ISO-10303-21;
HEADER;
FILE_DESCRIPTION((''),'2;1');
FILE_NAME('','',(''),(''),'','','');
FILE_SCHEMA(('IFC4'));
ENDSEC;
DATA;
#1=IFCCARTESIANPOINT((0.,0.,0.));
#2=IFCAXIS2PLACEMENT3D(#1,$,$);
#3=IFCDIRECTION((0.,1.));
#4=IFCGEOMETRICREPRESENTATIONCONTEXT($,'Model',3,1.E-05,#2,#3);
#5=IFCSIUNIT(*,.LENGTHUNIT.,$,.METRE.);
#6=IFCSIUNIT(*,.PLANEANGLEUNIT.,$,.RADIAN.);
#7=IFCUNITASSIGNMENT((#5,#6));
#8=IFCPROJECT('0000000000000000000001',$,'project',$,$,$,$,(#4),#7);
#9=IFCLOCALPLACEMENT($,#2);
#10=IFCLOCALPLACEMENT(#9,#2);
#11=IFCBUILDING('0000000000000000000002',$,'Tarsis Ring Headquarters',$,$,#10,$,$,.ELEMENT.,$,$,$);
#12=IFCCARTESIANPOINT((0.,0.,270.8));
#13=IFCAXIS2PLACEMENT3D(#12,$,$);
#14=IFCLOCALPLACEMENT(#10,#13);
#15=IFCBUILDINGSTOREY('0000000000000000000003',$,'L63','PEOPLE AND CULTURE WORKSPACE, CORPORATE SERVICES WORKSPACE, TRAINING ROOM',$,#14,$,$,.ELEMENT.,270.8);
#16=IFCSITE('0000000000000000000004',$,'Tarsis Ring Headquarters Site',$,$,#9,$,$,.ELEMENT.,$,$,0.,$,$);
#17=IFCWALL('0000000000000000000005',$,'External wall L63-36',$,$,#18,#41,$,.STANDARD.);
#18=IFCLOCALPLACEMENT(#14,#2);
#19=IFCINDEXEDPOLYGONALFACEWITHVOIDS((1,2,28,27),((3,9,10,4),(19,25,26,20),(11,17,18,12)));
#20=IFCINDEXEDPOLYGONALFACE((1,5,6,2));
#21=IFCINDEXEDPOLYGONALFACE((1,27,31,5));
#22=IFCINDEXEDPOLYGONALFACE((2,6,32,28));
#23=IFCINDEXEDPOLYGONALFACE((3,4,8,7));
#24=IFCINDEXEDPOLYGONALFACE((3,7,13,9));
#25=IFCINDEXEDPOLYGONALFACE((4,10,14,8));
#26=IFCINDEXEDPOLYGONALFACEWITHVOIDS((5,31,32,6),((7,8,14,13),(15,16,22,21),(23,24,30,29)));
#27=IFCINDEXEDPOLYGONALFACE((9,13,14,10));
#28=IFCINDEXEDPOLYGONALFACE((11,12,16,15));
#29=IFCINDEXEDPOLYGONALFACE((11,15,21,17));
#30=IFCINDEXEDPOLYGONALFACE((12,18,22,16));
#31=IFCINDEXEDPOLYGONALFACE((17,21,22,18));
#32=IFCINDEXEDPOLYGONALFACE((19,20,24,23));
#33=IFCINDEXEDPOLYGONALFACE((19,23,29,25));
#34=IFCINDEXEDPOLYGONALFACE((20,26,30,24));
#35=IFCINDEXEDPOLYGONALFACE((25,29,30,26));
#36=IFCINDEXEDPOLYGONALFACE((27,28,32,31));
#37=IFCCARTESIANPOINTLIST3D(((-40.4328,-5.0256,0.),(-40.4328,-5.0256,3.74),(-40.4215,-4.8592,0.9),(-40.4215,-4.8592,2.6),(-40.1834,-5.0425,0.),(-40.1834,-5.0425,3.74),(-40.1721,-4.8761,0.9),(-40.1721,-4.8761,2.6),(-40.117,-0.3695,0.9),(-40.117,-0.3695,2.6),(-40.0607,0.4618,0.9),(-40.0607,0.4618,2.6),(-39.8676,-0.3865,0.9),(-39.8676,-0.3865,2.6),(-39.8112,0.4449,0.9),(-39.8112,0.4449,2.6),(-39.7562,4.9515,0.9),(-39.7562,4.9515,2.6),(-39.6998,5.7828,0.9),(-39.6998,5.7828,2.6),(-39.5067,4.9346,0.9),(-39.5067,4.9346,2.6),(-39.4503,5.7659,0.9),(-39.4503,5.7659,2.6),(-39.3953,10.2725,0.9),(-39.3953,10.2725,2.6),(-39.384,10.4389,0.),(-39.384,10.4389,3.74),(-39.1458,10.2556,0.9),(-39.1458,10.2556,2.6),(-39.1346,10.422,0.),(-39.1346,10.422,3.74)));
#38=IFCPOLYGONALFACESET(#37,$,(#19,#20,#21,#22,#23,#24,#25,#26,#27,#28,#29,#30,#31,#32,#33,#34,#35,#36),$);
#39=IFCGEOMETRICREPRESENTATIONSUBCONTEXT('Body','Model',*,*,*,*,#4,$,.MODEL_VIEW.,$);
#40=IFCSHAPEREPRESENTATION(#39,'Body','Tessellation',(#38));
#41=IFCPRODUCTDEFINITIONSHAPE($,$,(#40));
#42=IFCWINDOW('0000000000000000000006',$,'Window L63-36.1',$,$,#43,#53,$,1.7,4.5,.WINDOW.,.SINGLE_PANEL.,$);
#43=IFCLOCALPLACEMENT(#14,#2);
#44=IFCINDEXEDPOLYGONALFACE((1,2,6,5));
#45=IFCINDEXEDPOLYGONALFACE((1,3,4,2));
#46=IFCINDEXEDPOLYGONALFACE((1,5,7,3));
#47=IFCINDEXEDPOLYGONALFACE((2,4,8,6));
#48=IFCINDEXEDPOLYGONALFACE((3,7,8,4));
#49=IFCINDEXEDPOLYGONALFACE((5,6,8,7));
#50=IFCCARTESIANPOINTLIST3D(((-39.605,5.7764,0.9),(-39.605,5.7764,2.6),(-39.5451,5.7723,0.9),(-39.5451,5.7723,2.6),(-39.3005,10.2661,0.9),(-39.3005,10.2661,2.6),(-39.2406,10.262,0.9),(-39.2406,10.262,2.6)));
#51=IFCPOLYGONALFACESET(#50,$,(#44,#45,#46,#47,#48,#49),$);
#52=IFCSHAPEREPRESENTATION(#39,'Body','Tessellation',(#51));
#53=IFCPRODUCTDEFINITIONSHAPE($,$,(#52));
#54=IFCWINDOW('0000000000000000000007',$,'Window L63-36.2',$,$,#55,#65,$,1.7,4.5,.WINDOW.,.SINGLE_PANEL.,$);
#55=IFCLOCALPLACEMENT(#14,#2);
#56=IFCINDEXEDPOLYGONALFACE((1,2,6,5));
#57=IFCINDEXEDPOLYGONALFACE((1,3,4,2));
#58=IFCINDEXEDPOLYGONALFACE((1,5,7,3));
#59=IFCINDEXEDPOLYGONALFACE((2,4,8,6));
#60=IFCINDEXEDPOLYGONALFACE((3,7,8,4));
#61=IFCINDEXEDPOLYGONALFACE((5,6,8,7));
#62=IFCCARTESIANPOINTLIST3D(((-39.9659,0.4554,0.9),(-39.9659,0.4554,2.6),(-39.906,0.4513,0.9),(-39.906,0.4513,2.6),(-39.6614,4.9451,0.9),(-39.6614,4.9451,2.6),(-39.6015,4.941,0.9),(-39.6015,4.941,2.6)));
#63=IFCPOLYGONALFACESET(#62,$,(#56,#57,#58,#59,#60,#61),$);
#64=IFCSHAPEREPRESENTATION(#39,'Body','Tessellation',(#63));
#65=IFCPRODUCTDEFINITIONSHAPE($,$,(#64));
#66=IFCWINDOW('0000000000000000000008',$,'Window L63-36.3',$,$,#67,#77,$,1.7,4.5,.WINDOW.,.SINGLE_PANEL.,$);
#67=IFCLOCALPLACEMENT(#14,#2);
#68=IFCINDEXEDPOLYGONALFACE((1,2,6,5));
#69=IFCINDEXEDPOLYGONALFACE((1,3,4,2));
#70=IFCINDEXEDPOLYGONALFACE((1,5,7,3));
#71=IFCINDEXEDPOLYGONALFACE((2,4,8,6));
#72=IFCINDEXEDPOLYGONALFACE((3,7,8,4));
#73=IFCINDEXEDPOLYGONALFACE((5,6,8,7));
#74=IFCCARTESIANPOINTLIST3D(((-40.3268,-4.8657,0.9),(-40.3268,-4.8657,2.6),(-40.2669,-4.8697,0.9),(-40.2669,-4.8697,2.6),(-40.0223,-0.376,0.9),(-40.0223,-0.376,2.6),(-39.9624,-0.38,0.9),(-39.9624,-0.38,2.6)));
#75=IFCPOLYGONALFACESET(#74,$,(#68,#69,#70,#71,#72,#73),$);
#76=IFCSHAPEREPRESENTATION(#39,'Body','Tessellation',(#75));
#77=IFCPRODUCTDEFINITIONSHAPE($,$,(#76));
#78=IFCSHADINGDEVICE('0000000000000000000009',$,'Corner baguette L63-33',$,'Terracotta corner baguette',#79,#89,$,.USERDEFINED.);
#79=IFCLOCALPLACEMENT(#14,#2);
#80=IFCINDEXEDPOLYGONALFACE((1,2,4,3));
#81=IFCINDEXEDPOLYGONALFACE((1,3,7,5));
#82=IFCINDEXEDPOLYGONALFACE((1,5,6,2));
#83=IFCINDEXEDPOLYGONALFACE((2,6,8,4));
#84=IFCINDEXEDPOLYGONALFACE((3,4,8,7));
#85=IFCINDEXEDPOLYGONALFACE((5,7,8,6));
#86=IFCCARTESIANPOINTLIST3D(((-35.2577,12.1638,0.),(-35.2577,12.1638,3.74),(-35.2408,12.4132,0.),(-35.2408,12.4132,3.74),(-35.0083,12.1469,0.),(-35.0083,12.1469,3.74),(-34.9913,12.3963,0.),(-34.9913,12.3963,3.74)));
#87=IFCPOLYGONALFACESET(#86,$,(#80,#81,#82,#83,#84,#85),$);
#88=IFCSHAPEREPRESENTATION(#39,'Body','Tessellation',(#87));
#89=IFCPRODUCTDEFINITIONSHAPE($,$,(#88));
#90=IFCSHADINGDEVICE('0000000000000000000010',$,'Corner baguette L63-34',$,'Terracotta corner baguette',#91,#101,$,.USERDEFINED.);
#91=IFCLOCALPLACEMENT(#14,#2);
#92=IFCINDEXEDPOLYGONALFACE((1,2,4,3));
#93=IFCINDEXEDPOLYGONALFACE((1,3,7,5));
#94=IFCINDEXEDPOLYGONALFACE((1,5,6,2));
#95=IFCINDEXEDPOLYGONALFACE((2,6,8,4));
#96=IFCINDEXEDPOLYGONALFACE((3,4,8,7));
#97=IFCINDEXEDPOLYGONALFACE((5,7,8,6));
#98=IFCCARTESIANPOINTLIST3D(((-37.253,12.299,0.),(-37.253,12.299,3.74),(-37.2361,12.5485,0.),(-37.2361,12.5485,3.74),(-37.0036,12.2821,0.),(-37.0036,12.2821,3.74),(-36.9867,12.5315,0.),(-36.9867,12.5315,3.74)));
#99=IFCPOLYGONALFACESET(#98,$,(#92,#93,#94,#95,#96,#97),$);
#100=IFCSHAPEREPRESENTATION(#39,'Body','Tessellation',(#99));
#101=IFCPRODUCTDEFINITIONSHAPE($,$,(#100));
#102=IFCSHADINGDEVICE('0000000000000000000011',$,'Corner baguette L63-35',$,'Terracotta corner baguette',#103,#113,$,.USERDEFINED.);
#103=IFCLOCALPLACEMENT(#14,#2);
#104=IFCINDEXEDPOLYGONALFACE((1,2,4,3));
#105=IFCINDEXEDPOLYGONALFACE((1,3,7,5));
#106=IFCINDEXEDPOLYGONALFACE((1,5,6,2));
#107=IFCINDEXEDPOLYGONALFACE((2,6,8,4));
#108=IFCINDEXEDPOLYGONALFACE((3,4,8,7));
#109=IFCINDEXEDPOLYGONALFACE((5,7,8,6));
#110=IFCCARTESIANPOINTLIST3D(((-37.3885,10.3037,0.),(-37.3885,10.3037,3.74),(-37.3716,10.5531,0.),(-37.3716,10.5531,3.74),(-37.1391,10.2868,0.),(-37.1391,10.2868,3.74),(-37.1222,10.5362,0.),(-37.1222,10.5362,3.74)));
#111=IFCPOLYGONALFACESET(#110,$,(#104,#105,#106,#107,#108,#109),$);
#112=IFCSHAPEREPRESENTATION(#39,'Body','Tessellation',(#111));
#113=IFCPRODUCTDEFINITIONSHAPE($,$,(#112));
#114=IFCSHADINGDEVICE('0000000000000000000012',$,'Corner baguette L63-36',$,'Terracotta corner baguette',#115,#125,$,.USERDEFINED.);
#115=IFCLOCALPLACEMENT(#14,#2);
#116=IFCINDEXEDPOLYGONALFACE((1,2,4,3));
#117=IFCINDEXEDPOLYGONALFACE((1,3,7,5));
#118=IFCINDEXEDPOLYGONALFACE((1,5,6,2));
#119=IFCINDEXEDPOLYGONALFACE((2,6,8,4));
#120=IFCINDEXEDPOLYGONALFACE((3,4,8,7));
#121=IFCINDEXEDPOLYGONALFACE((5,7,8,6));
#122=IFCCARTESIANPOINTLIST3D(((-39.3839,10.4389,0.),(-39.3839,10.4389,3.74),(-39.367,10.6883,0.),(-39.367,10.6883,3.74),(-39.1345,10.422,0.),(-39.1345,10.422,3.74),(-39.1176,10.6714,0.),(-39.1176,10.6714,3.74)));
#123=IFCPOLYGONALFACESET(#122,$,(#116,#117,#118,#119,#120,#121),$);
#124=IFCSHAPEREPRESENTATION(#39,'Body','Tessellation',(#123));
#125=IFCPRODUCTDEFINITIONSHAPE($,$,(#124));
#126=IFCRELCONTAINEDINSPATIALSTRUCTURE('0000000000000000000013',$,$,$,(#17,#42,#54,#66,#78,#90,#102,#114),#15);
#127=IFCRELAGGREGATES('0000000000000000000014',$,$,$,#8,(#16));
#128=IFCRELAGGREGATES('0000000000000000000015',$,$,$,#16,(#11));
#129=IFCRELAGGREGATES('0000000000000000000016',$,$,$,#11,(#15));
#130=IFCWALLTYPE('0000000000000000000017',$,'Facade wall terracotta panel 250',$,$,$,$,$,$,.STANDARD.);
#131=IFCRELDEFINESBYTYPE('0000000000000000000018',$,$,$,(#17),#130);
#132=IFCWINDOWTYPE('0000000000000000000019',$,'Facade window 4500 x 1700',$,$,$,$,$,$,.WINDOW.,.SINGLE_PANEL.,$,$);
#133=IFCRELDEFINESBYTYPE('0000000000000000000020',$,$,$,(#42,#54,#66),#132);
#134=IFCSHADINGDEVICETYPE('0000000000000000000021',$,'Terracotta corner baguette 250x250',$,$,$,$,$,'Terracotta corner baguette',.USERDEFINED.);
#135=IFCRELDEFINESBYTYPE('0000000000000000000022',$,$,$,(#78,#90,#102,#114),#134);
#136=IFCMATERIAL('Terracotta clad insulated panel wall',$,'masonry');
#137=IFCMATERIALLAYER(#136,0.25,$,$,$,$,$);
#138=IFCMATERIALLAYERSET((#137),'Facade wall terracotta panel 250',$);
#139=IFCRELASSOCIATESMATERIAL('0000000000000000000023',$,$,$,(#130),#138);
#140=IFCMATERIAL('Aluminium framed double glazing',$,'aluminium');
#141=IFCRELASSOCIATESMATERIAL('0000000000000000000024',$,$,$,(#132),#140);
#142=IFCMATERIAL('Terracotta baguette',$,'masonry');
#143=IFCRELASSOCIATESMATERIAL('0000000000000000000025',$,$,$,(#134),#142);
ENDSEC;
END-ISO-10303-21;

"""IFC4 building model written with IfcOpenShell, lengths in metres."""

from ifc_helpers import new_model, si_unit, direction, frame, frame_2d, origin, origin_2d, place, context, subcontext, project, spatial, rectangle, extrude, material, layer, layer_set, type_object, element, fill, save


model = new_model("IFC4")

# Units and contexts
model_context = context("Model", 3, precision=1e-05, world=origin(), true_north=direction((0.0, 1.0)))
body_context = subcontext(model_context, "Body", "Model", "MODEL_VIEW")
ifc_project = project(units=[si_unit("LENGTHUNIT", "METRE"), si_unit("PLANEANGLEUNIT", "RADIAN")], contexts=[model_context])

# Site, building, storey
site_placement = place(None, origin())
site = spatial("IfcSite", under=ifc_project, at=site_placement, Name="Tarsis Ring Headquarters Site", CompositionType="ELEMENT", RefElevation=0.0)
building_placement = place(site_placement, origin())
building = spatial("IfcBuilding", under=site, at=building_placement, Name="Tarsis Ring Headquarters", CompositionType="ELEMENT")
storey_placement = place(building_placement, frame((0.0, 0.0, 270.8)))
storey = spatial("IfcBuildingStorey", under=building, at=storey_placement, Name="L63", Description="PEOPLE AND CULTURE WORKSPACE, CORPORATE SERVICES WORKSPACE, TRAINING ROOM", CompositionType="ELEMENT", Elevation=270.8)

# Shared definitions
ifc_material_1 = material(Name="Terracotta clad insulated panel wall", Category="masonry")
ifc_layer_1 = layer(ifc_material_1, 0.25)
ifc_layer_set_1 = layer_set([ifc_layer_1], Name="Facade wall terracotta panel 250")
wall_type_1 = type_object("IfcWallType", Name="Facade wall terracotta panel 250", PredefinedType="STANDARD", material=ifc_layer_set_1)

# Wall, openings, windows
wall_1_placement = place(storey_placement, frame((-39.2593, 10.4304, 0.0), z_axis=(0.0, 0.0, 1.0), x_axis=(-0.067667, -0.997708, 0.0)))
wall_1 = element("IfcWall", 1, at=wall_1_placement, inside=storey, type_object=wall_type_1, Name="External wall L63-36", PredefinedType="STANDARD", context=body_context, shape_type="SweptSolid", body=[
    extrude(rectangle(XDim=15.5, YDim=0.25, at=frame_2d((7.75, 0.0))), origin(), (0.0, 0.0, 1.0), 3.74),
])
opening_1_placement = place(wall_1_placement, frame((0.1667, 0.0, 0.8999)))
opening_1 = element("IfcOpeningElement", 2, at=opening_1_placement, cuts=wall_1, PredefinedType="OPENING", context=body_context, shape_type="SweptSolid", body=[
    extrude(rectangle(XDim=4.5, YDim=1.7, at=frame_2d((2.25, 0.8501))), frame((0.0, 0.135, 0.0), z_axis=(0.0, -1.0, 0.0), x_axis=(1.0, 0.0, 0.0)), (0.0, 0.0, 1.0), 0.27),
])
opening_2_placement = place(wall_1_placement, frame((5.5, 0.0, 0.8999)))
opening_2 = element("IfcOpeningElement", 3, at=opening_2_placement, cuts=wall_1, PredefinedType="OPENING", context=body_context, shape_type="SweptSolid", body=[
    extrude(rectangle(XDim=4.5, YDim=1.7, at=frame_2d((2.25, 0.8501))), frame((0.0, 0.135, 0.0), z_axis=(0.0, -1.0, 0.0), x_axis=(1.0, 0.0, 0.0)), (0.0, 0.0, 1.0), 0.27),
])
opening_3_placement = place(wall_1_placement, frame((10.8333, 0.0, 0.8999)))
opening_3 = element("IfcOpeningElement", 4, at=opening_3_placement, cuts=wall_1, PredefinedType="OPENING", context=body_context, shape_type="SweptSolid", body=[
    extrude(rectangle(XDim=4.5, YDim=1.7, at=frame_2d((2.25, 0.8501))), frame((0.0, 0.135, 0.0), z_axis=(0.0, -1.0, 0.0), x_axis=(1.0, 0.0, 0.0)), (0.0, 0.0, 1.0), 0.27),
])
ifc_material_2 = material(Name="Aluminium framed double glazing", Category="aluminium")
window_type = type_object("IfcWindowType", Name="Facade window 4500 x 1700", PartitioningType="SINGLE_PANEL", PredefinedType="WINDOW", material=ifc_material_2)
window_1_placement = place(opening_1_placement, origin())
window_1 = element("IfcWindow", 5, at=window_1_placement, inside=storey, type_object=window_type, Name="Window L63-36.1", OverallHeight=1.7, OverallWidth=4.5, PartitioningType="SINGLE_PANEL", PredefinedType="WINDOW", context=body_context, shape_type="SweptSolid", body=[
    extrude(rectangle(XDim=4.5, YDim=1.7, at=frame_2d((2.25, 0.8501))), frame((0.0, 0.03, 0.0), z_axis=(0.0, -1.0, 0.0), x_axis=(1.0, 0.0, 0.0)), (0.0, 0.0, 1.0), 0.0601),
])
fill(opening_1, window_1)
window_2_placement = place(opening_2_placement, origin())
window_2 = element("IfcWindow", 6, at=window_2_placement, inside=storey, type_object=window_type, Name="Window L63-36.2", OverallHeight=1.7, OverallWidth=4.5, PartitioningType="SINGLE_PANEL", PredefinedType="WINDOW", context=body_context, shape_type="SweptSolid", body=[
    extrude(rectangle(XDim=4.5, YDim=1.7, at=frame_2d((2.25, 0.8501))), frame((0.0, 0.03, 0.0), z_axis=(0.0, -1.0, 0.0), x_axis=(1.0, 0.0, 0.0)), (0.0, 0.0, 1.0), 0.0601),
])
fill(opening_2, window_2)
window_3_placement = place(opening_3_placement, origin())
window_3 = element("IfcWindow", 7, at=window_3_placement, inside=storey, type_object=window_type, Name="Window L63-36.3", OverallHeight=1.7, OverallWidth=4.5, PartitioningType="SINGLE_PANEL", PredefinedType="WINDOW", context=body_context, shape_type="SweptSolid", body=[
    extrude(rectangle(XDim=4.5, YDim=1.7, at=frame_2d((2.25, 0.8501))), frame((0.0, 0.03, 0.0), z_axis=(0.0, -1.0, 0.0), x_axis=(1.0, 0.0, 0.0)), (0.0, 0.0, 1.0), 0.0601),
])
fill(opening_3, window_3)

# Shading devices
ifc_material_3 = material(Name="Terracotta baguette", Category="masonry")
shading_device_type_1 = type_object("IfcShadingDeviceType", Name="Terracotta corner baguette 250x250", ElementType="Terracotta corner baguette", PredefinedType="USERDEFINED", material=ifc_material_3)
for number, where, z_axis, x_axis, name in (
    (8, (-35.1245, 12.28, 0.0), (0.0, 0.0, 1.0), (-0.067667, -0.997708, 0.0), "Corner baguette L63-33"),
    (9, (-37.1199, 12.4153, 0.0), (0.0, 0.0, 1.0), (-0.997708, 0.067667, 0.0), "Corner baguette L63-34"),
    (10, (-37.2554, 10.4199, 0.0), (0.0, 0.0, 1.0), (-0.067667, -0.997708, 0.0), "Corner baguette L63-35"),
    (11, (-39.2507, 10.5552, 0.0), (0.0, 0.0, 1.0), (-0.997708, 0.067667, 0.0), "Corner baguette L63-36"),
):
    element("IfcShadingDevice", number, at=place(storey_placement, frame(where, z_axis=z_axis, x_axis=x_axis)), inside=storey, type_object=shading_device_type_1, Name=name, ObjectType="Terracotta corner baguette", PredefinedType="USERDEFINED", context=body_context, shape_type="SweptSolid", body=[
        extrude(rectangle(XDim=0.25, YDim=0.25, at=origin_2d()), origin(), (0.0, 0.0, 1.0), 3.74),
    ])

save(model, "model.ifc")
